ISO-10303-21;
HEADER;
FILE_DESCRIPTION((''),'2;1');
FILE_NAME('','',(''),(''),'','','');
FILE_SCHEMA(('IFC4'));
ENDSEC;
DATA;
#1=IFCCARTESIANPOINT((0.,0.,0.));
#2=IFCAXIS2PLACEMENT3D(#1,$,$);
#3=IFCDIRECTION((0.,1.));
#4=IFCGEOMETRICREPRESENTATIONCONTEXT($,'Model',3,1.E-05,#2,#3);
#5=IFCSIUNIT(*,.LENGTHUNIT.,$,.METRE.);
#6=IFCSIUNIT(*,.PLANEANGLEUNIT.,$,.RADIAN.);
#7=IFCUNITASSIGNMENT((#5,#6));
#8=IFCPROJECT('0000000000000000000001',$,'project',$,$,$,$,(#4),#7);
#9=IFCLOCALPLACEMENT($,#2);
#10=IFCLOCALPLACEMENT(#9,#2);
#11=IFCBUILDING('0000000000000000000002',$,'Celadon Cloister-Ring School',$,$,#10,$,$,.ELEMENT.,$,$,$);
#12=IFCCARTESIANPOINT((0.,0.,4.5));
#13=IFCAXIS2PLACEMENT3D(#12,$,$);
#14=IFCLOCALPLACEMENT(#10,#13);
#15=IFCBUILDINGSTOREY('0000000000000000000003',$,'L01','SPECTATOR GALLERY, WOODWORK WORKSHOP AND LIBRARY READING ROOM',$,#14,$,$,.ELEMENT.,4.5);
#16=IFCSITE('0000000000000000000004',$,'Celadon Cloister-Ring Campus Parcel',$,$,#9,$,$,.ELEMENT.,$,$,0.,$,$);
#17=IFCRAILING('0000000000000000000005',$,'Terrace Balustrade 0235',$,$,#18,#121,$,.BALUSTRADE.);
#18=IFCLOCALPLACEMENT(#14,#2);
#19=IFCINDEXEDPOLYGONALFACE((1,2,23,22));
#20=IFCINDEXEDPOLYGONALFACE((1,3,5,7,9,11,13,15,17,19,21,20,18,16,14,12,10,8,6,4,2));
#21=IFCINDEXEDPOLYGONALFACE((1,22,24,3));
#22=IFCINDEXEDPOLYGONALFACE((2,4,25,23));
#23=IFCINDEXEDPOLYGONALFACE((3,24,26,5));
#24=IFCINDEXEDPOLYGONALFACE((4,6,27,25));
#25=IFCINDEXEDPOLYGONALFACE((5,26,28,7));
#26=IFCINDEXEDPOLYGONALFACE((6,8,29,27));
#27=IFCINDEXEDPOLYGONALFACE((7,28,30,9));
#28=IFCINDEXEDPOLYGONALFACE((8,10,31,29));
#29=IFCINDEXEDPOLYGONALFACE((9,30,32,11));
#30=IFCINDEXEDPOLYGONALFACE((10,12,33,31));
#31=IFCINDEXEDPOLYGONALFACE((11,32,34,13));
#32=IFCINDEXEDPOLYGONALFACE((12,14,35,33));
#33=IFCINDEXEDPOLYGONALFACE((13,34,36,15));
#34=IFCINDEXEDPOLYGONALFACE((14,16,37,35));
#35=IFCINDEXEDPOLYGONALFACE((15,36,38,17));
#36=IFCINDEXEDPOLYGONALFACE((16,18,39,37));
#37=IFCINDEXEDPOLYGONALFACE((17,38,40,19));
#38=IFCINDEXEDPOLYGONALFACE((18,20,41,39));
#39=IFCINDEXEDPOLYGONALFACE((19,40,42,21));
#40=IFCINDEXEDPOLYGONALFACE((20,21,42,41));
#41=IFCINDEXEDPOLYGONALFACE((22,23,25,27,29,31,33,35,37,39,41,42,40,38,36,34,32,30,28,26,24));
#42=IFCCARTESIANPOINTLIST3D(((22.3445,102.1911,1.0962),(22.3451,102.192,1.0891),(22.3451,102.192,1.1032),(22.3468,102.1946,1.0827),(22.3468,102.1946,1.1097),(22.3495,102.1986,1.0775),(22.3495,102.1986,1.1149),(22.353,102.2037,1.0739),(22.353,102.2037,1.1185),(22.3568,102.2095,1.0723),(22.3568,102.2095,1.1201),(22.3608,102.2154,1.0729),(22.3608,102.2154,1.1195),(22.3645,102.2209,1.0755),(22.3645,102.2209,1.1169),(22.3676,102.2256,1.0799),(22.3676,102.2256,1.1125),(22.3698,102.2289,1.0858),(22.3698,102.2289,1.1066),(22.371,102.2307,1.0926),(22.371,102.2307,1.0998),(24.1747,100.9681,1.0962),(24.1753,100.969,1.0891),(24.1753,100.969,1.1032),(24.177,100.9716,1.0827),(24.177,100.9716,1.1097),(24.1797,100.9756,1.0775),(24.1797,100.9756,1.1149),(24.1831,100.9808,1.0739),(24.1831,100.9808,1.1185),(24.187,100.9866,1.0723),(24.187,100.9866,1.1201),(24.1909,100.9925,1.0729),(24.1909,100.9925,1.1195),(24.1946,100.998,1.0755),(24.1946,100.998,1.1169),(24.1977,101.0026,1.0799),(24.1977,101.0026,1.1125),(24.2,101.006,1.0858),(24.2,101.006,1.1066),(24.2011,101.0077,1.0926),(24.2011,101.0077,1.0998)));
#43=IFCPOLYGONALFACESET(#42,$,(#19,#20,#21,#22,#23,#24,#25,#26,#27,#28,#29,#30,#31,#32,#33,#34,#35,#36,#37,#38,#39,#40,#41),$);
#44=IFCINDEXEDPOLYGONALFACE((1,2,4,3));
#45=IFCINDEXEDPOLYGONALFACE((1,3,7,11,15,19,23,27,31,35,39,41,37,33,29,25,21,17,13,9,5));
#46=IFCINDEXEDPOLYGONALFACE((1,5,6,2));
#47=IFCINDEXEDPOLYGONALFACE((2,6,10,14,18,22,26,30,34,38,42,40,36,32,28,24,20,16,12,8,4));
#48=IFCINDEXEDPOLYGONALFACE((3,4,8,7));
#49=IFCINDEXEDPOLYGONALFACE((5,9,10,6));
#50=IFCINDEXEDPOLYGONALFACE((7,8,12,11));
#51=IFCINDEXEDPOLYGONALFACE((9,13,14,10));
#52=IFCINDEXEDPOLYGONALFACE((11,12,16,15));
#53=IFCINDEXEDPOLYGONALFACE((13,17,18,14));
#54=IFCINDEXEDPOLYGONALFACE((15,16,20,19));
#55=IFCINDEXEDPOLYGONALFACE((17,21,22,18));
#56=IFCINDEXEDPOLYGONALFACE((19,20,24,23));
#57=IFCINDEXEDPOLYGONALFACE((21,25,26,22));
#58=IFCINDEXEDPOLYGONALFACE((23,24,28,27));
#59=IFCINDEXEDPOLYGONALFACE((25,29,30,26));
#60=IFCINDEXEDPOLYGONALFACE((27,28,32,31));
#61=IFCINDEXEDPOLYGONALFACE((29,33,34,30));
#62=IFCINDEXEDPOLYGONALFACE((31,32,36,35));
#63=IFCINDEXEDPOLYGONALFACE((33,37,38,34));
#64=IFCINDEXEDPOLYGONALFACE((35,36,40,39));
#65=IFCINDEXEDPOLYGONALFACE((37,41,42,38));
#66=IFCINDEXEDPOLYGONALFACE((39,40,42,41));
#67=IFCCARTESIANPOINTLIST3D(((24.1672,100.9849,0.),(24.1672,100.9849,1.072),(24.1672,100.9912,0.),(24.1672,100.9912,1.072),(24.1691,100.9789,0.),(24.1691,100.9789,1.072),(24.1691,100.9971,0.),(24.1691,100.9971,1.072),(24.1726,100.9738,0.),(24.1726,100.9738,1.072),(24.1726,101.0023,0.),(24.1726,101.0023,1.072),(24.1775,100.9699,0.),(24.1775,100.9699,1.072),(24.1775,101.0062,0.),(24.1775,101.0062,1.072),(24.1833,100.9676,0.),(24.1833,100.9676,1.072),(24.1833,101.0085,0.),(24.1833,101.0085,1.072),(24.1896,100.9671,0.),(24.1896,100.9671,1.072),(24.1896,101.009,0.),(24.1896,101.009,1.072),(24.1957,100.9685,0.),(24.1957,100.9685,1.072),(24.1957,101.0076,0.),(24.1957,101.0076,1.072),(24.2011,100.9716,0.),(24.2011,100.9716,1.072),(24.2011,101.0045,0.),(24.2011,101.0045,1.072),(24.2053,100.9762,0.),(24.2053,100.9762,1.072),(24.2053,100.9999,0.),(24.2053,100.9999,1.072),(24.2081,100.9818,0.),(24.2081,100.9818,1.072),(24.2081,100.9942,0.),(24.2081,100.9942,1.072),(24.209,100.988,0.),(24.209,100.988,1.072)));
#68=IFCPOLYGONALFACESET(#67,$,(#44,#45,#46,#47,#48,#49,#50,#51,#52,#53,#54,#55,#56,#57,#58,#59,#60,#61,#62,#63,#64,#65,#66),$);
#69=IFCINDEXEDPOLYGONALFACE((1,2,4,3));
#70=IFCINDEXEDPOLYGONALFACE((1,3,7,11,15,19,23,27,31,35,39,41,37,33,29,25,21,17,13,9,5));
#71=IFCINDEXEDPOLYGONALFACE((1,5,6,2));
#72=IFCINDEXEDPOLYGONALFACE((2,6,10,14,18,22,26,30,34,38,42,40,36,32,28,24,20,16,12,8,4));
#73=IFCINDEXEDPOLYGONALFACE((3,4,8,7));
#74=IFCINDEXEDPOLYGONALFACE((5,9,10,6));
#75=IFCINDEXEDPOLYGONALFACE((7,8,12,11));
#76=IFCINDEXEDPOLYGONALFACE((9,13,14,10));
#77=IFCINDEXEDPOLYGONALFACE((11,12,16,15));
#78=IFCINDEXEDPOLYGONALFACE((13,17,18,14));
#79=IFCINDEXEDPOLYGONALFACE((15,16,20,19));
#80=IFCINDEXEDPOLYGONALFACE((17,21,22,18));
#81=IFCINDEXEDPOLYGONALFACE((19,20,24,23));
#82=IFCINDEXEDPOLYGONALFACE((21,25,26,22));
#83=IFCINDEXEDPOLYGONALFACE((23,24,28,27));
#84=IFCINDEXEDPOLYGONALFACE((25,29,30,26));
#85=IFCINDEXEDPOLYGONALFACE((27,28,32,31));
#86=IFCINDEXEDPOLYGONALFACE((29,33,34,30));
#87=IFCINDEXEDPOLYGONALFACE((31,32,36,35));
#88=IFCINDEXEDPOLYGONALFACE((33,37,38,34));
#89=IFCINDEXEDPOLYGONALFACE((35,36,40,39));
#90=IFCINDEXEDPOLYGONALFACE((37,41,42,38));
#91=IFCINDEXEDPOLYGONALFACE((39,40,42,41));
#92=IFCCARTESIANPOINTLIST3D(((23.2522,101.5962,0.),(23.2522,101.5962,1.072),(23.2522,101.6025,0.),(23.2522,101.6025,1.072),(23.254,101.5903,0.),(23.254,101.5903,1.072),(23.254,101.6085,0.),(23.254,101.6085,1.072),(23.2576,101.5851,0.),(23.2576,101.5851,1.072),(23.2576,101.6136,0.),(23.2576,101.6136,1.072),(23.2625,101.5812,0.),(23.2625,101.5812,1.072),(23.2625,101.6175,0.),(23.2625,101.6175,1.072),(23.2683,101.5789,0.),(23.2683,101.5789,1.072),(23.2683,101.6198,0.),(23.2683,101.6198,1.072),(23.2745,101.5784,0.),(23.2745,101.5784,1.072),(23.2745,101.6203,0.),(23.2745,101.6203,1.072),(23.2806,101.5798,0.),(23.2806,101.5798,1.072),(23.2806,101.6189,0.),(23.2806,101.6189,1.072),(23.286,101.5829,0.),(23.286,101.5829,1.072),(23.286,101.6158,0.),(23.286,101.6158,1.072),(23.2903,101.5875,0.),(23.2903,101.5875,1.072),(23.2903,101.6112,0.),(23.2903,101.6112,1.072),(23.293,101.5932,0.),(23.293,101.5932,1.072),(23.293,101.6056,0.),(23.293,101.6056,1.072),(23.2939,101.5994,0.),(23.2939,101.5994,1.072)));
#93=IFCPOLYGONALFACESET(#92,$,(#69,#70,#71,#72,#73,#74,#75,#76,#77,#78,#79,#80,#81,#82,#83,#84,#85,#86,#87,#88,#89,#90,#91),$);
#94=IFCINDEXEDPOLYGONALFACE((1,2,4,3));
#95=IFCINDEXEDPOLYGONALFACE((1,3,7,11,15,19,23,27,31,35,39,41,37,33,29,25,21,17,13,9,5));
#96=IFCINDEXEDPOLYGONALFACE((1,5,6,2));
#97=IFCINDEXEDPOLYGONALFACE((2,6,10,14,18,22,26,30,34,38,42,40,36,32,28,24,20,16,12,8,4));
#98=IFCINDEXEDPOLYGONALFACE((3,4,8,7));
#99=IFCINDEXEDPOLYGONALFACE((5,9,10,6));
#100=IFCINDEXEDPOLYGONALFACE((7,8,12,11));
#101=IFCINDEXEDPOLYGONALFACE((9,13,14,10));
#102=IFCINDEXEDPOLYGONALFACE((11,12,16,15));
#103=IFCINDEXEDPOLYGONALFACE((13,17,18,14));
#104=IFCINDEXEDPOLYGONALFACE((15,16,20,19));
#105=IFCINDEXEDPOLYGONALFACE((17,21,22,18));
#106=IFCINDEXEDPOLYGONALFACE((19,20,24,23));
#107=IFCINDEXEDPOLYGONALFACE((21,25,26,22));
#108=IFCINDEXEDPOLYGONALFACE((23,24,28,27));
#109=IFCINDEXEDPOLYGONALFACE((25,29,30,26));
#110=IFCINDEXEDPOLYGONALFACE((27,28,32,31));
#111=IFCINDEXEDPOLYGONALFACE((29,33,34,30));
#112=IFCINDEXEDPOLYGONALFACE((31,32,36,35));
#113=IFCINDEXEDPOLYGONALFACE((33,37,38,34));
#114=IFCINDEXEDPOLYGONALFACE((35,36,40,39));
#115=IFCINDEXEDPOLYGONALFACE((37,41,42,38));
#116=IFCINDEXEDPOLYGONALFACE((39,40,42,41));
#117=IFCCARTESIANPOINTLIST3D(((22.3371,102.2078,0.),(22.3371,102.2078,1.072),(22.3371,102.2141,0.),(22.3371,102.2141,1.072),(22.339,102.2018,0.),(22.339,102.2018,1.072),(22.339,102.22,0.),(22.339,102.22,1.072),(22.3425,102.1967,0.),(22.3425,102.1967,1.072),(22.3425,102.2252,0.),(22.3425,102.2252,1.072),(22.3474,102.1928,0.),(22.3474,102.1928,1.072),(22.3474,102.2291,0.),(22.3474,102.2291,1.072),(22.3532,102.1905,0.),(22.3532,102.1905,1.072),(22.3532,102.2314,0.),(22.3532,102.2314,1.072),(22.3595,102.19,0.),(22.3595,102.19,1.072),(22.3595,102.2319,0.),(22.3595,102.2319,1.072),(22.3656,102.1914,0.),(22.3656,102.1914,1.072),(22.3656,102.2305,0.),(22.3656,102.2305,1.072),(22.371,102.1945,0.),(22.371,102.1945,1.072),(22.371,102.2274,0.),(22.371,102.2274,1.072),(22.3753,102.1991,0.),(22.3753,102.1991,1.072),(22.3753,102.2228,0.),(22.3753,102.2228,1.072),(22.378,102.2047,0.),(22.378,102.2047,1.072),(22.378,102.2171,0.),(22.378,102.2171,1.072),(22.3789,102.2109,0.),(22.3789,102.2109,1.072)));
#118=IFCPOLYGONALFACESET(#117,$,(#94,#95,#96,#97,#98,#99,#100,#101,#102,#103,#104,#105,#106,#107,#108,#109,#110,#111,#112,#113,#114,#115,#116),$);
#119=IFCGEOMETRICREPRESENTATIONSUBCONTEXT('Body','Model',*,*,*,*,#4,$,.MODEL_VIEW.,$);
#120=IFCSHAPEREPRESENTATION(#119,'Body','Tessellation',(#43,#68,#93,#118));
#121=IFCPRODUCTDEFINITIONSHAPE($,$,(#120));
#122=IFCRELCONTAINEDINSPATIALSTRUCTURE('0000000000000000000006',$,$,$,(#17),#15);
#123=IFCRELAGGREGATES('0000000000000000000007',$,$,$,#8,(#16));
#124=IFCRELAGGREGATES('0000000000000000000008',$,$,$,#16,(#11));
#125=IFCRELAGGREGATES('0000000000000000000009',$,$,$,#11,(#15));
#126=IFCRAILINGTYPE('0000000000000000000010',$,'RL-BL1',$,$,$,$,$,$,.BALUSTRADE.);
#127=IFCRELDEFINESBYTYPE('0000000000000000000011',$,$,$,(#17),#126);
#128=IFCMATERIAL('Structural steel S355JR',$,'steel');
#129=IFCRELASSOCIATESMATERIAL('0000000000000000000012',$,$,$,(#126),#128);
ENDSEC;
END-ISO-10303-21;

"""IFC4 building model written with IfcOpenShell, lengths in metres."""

from ifc_helpers import new_model, si_unit, direction, frame, origin, origin_2d, place, context, subcontext, project, spatial, circle, extrude, material, type_object, element, save


model = new_model("IFC4")

# Units and contexts
model_context = context("Model", 3, precision=1e-05, world=origin(), true_north=direction((0.0, 1.0)))
body_context = subcontext(model_context, "Body", "Model", "MODEL_VIEW")
ifc_project = project(units=[si_unit("LENGTHUNIT", "METRE"), si_unit("PLANEANGLEUNIT", "RADIAN")], contexts=[model_context])

# Site, building, storey
site_placement = place(None, origin())
site = spatial("IfcSite", under=ifc_project, at=site_placement, Name="Celadon Cloister-Ring Campus Parcel", CompositionType="ELEMENT", RefElevation=0.0)
building_placement = place(site_placement, origin())
building = spatial("IfcBuilding", under=site, at=building_placement, Name="Celadon Cloister-Ring School", CompositionType="ELEMENT")
storey_placement = place(building_placement, frame((0.0, 0.0, 4.5)))
storey = spatial("IfcBuildingStorey", under=building, at=storey_placement, Name="L01", Description="SPECTATOR GALLERY, WOODWORK WORKSHOP AND LIBRARY READING ROOM", CompositionType="ELEMENT", Elevation=4.5)

# Railing
ifc_material_1 = material(Name="Structural steel S355JR", Category="steel")
railing_type = type_object("IfcRailingType", Name="RL-BL1", PredefinedType="BALUSTRADE", material=ifc_material_1)
railing_1_placement = place(storey_placement, frame((24.188, 100.988, 0.0)))
element("IfcRailing", 1, at=railing_1_placement, inside=storey, type_object=railing_type, Name="Terrace Balustrade 0235", PredefinedType="BALUSTRADE", context=body_context, shape_type="SweptSolid", body=[
    extrude(circle(Radius=0.0239, at=origin_2d()), frame((0.0, 0.0, 1.0962), z_axis=(-0.831453, 0.555596, 0.0), x_axis=(-0.555596, -0.831453, 0.0)), (0.0, 0.0, 1.0), 2.2012),
    extrude(circle(Radius=0.021, at=origin_2d()), origin(), (0.0, 0.0, 1.0), 1.072),
    extrude(circle(Radius=0.021, at=origin_2d()), frame((-0.915, 0.6113, 0.0)), (0.0, 0.0, 1.0), 1.072),
    extrude(circle(Radius=0.021, at=origin_2d()), frame((-1.8301, 1.2229, 0.0)), (0.0, 0.0, 1.0), 1.072),
])

save(model, "model.ifc")
